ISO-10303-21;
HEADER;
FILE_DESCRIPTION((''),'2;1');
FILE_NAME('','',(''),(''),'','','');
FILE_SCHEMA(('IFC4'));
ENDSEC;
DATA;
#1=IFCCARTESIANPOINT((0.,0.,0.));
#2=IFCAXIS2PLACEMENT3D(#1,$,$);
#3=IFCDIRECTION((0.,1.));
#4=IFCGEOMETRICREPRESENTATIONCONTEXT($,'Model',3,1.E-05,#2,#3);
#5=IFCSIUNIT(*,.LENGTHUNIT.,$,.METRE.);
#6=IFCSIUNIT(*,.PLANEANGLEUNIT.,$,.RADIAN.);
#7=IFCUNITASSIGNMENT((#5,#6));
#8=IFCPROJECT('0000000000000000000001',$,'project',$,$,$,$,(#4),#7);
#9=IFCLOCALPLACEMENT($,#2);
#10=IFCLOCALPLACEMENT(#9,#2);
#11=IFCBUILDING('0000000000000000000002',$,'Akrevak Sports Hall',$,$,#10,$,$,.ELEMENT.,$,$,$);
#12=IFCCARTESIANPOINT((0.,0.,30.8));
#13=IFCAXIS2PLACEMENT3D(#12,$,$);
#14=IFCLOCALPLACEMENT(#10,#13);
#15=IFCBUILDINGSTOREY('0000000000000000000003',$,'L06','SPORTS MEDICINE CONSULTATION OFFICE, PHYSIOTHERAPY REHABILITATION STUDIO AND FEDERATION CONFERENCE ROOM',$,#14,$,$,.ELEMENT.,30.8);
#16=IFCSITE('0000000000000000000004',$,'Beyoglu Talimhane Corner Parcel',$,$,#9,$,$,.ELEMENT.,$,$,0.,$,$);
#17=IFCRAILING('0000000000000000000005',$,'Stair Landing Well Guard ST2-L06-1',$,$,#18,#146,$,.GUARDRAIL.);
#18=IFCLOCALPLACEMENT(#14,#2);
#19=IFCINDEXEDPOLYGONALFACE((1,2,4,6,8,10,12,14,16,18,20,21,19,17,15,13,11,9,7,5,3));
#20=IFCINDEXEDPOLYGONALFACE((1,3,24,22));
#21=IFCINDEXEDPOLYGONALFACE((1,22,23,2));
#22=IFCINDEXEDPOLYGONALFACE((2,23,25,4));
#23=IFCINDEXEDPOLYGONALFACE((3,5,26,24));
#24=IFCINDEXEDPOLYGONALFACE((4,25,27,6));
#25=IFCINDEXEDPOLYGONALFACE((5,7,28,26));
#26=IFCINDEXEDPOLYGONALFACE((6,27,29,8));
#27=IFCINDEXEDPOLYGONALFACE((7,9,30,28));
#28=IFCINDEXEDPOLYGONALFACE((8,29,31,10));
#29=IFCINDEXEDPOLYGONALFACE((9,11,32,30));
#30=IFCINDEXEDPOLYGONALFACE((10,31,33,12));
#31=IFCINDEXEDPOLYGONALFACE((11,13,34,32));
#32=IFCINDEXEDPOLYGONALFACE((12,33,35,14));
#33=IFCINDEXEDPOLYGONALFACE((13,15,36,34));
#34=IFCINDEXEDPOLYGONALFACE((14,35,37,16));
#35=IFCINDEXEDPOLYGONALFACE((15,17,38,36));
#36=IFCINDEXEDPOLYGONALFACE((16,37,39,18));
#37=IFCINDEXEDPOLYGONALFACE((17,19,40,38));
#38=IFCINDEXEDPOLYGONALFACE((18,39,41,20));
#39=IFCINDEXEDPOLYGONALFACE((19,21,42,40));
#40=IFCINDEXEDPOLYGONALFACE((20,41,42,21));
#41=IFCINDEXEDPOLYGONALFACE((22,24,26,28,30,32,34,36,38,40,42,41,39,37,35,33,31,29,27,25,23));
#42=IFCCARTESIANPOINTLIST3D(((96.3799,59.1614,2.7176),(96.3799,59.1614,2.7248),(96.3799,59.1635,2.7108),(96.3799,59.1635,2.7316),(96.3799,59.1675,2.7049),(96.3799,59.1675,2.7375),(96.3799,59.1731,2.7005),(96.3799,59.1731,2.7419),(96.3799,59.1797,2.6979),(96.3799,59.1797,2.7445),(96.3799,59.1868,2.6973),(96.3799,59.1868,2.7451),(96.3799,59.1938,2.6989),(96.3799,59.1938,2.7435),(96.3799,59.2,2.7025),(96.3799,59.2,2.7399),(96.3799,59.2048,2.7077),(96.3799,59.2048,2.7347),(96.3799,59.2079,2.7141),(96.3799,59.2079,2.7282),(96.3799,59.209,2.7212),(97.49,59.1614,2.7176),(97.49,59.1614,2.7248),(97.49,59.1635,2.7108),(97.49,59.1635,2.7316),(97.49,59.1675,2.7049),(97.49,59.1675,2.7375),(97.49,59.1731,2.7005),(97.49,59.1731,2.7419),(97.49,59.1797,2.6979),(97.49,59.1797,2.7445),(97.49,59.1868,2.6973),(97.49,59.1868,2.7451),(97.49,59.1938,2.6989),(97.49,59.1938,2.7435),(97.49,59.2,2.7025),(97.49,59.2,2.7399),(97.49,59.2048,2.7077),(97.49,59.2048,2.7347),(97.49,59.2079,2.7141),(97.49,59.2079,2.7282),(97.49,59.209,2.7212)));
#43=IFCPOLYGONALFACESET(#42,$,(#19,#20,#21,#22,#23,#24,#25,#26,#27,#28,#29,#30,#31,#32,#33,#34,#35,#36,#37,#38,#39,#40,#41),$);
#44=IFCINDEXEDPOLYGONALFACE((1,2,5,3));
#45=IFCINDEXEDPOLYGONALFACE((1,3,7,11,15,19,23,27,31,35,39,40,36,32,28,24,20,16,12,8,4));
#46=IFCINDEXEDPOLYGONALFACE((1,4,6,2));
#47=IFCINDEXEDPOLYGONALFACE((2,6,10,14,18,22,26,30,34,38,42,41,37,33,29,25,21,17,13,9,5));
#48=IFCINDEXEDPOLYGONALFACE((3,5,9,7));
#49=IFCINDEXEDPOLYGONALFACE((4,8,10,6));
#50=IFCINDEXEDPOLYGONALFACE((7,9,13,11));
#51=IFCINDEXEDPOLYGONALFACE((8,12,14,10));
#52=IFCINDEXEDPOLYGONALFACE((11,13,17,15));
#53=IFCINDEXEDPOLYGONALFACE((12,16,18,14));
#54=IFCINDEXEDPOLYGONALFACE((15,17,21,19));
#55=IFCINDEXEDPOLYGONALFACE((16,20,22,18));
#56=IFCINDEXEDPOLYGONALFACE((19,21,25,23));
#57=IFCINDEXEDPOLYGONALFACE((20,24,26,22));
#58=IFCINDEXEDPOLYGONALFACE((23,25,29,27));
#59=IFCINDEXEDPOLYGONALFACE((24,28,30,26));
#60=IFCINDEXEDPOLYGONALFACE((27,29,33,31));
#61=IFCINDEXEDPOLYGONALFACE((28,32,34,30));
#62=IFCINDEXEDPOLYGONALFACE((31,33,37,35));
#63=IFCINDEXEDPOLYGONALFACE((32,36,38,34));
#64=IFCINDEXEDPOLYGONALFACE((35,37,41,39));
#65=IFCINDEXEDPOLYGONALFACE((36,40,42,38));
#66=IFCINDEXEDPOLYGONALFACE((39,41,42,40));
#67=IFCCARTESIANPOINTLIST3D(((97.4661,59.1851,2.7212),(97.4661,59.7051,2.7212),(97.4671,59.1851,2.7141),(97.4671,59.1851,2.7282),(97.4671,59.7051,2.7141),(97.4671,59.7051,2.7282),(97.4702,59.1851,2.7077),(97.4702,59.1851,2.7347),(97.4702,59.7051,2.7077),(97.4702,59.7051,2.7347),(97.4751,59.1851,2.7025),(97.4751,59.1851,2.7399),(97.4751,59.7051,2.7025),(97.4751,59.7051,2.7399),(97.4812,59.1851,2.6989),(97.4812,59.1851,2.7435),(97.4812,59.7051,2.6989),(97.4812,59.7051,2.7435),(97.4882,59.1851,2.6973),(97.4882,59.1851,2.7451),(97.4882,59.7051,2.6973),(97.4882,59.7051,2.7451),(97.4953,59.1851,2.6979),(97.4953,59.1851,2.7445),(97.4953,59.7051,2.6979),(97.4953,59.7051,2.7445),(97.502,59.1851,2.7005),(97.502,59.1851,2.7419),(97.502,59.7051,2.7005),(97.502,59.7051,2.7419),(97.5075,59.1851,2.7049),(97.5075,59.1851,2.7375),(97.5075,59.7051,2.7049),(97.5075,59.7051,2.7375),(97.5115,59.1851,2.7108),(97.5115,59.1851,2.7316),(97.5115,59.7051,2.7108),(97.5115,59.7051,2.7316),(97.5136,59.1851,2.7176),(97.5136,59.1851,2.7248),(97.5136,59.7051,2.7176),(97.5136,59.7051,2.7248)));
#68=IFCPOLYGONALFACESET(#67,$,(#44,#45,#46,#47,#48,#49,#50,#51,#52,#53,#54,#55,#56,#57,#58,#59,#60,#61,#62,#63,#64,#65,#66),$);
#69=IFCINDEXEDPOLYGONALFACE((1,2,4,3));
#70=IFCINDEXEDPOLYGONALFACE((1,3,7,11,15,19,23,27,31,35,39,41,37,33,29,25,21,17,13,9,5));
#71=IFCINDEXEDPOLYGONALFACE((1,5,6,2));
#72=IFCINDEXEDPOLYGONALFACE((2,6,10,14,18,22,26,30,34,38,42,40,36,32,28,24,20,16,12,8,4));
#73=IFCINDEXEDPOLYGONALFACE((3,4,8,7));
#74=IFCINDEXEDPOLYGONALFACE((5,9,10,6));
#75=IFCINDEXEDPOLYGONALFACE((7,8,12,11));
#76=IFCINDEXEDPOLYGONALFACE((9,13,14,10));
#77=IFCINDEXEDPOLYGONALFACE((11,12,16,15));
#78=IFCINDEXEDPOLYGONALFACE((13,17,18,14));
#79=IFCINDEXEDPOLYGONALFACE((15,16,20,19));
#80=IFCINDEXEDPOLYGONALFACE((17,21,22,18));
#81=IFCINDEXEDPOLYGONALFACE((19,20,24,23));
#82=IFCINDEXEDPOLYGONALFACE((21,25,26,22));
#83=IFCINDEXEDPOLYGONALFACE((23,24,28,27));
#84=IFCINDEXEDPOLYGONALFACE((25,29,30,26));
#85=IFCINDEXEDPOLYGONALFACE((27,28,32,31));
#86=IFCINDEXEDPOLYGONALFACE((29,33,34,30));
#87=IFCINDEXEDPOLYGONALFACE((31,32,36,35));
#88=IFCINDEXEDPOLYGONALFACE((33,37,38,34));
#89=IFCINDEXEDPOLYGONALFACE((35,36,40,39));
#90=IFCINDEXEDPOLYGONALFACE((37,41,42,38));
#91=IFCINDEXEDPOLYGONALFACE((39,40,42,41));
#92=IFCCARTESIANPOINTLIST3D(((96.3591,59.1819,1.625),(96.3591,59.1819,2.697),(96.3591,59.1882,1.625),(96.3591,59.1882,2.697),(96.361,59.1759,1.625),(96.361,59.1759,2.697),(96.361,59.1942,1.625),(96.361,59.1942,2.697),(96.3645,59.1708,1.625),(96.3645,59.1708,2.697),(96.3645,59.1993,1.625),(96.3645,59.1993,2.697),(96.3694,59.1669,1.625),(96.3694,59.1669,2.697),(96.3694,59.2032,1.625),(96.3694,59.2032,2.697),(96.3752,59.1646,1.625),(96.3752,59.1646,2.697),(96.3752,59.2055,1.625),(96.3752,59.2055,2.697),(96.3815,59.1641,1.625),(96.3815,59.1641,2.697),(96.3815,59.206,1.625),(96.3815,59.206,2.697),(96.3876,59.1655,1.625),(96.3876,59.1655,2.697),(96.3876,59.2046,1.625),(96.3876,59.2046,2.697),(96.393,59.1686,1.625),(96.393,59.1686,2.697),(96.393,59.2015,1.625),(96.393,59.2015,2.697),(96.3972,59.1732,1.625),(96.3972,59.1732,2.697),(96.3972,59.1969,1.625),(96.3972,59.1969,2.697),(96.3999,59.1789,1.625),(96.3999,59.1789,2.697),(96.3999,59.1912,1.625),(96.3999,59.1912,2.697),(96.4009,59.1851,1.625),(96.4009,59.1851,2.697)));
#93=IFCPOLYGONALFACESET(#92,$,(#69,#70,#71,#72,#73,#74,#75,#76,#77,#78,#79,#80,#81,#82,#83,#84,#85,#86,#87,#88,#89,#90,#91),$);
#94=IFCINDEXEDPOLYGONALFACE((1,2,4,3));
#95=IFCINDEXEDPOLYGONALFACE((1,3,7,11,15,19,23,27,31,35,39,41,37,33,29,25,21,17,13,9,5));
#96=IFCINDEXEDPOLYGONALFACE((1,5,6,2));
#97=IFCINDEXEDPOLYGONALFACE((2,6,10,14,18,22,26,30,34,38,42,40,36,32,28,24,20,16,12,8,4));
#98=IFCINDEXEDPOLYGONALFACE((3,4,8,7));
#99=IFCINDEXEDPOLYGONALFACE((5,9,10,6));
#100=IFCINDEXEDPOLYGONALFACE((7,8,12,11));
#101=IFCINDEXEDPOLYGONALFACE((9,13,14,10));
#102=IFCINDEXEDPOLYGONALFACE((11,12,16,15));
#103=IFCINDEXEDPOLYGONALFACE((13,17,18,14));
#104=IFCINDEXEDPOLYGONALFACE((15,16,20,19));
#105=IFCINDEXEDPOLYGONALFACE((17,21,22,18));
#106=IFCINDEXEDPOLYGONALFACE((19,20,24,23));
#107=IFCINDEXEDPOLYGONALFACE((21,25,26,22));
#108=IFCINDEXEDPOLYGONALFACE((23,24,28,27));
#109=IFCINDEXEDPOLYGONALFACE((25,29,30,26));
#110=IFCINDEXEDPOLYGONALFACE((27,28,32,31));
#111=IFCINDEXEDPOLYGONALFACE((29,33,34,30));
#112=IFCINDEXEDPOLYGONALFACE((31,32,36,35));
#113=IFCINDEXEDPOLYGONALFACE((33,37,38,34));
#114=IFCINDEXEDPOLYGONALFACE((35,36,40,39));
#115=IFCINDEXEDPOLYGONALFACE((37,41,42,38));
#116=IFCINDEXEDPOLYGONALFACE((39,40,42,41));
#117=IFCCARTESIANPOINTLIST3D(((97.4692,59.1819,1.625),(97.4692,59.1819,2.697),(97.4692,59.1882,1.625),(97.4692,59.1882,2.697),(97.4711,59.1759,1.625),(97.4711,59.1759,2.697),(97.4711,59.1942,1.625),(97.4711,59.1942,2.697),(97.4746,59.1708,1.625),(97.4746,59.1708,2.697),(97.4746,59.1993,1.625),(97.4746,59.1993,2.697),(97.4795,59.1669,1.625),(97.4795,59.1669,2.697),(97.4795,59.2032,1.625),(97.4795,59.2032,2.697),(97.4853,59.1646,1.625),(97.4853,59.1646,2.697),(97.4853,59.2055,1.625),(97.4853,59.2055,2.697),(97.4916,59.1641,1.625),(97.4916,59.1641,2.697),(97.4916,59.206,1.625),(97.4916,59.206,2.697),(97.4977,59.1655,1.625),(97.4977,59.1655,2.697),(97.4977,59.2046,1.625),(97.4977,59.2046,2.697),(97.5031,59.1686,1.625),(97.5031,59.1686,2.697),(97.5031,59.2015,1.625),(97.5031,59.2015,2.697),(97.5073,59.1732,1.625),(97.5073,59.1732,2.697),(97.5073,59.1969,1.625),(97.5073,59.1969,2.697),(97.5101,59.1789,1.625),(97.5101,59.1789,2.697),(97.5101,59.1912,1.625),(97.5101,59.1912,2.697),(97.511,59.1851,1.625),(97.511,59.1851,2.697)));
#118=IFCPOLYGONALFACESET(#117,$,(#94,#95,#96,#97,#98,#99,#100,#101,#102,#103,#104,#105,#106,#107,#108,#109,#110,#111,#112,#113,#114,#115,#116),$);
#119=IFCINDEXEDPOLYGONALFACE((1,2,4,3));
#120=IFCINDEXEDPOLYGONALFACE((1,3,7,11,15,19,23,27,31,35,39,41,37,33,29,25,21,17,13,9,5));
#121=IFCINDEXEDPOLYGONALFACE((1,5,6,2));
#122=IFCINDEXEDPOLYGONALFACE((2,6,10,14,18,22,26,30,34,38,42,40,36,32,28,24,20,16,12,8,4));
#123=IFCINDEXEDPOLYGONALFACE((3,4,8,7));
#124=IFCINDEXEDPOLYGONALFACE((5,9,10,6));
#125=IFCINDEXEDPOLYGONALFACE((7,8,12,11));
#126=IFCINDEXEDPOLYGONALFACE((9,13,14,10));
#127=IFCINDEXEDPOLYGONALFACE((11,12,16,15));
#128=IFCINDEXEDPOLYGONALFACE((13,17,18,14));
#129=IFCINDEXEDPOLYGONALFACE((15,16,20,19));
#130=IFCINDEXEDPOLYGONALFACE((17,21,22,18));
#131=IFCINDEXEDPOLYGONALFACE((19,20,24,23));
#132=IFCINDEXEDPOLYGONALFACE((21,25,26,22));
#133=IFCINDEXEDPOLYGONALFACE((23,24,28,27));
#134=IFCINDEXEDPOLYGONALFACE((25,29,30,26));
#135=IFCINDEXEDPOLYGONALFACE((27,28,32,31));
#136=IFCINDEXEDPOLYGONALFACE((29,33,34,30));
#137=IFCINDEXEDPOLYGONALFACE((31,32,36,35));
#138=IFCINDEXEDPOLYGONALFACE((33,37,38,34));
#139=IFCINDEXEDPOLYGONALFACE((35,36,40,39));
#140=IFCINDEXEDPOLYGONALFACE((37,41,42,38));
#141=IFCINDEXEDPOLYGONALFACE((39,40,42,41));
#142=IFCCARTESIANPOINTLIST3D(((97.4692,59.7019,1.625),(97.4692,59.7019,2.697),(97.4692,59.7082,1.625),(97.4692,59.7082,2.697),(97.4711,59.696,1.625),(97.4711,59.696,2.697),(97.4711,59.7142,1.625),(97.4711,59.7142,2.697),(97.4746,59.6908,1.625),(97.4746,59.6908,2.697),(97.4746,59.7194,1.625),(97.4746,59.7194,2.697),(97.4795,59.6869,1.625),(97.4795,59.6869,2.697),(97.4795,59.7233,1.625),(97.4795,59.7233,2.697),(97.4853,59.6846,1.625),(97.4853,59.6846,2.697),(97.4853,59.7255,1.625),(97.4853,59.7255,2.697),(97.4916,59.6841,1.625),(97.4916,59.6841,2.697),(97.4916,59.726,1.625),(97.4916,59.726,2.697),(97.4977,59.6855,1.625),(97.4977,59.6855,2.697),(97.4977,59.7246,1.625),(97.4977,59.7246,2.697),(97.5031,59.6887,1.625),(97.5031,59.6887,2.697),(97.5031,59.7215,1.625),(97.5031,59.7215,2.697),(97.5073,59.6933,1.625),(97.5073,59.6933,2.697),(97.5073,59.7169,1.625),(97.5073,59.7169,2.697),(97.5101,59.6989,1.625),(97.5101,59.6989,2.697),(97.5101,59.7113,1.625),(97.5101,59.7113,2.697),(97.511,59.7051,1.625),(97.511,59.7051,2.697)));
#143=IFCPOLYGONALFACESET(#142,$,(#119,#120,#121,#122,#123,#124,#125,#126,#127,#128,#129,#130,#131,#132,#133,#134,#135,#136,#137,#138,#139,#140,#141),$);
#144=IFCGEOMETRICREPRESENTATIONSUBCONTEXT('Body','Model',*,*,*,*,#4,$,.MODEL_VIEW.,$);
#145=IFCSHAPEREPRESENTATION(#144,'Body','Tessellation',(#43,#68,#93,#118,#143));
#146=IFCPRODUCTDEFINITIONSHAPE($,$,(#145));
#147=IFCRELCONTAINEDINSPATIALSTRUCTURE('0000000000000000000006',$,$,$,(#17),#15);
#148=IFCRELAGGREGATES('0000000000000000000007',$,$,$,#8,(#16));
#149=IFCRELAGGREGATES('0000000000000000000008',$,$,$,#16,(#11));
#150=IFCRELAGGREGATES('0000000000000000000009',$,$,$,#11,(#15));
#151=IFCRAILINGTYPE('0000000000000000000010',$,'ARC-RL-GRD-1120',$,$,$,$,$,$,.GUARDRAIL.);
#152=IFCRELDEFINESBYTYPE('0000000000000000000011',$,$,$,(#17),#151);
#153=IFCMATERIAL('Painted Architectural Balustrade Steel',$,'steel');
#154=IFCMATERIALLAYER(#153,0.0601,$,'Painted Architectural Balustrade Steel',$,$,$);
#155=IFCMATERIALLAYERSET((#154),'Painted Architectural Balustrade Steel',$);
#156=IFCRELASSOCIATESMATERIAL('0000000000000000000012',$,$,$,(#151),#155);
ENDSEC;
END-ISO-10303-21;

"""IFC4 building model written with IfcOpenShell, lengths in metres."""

from ifc_helpers import new_model, si_unit, direction, frame, origin, origin_2d, place, context, subcontext, project, spatial, circle, extrude, material, layer, layer_set, type_object, element, save


model = new_model("IFC4")

# Units and contexts
model_context = context("Model", 3, precision=1e-05, world=origin(), true_north=direction((0.0, 1.0)))
body_context = subcontext(model_context, "Body", "Model", "MODEL_VIEW")
ifc_project = project(units=[si_unit("LENGTHUNIT", "METRE"), si_unit("PLANEANGLEUNIT", "RADIAN")], contexts=[model_context])

# Site, building, storey
site_placement = place(None, origin())
site = spatial("IfcSite", under=ifc_project, at=site_placement, Name="Beyoglu Talimhane Corner Parcel", CompositionType="ELEMENT", RefElevation=0.0)
building_placement = place(site_placement, origin())
building = spatial("IfcBuilding", under=site, at=building_placement, Name="Akrevak Sports Hall", CompositionType="ELEMENT")
storey_placement = place(building_placement, frame((0.0, 0.0, 30.8)))
storey = spatial("IfcBuildingStorey", under=building, at=storey_placement, Name="L06", Description="SPORTS MEDICINE CONSULTATION OFFICE, PHYSIOTHERAPY REHABILITATION STUDIO AND FEDERATION CONFERENCE ROOM", CompositionType="ELEMENT", Elevation=30.8)

# Railing
ifc_material_1 = material(Name="Painted Architectural Balustrade Steel", Category="steel")
ifc_layer_1 = layer(ifc_material_1, 0.0601, Name="Painted Architectural Balustrade Steel")
ifc_layer_set_1 = layer_set([ifc_layer_1], Name="Painted Architectural Balustrade Steel")
railing_type_1 = type_object("IfcRailingType", Name="ARC-RL-GRD-1120", PredefinedType="GUARDRAIL", material=ifc_layer_set_1)
railing_1_placement = place(storey_placement, frame((96.3799, 59.1851, 1.625)))
element("IfcRailing", 1, at=railing_1_placement, inside=storey, type_object=railing_type_1, Name="Stair Landing Well Guard ST2-L06-1", PredefinedType="GUARDRAIL", context=body_context, shape_type="SweptSolid", body=[
    extrude(circle(Radius=0.0239, at=origin_2d()), frame((0.0, 0.0, 1.0962), z_axis=(1.0, 0.0, 0.0), x_axis=(0.0, 1.0, 0.0)), (0.0, 0.0, 1.0), 1.1101),
    extrude(circle(Radius=0.0239, at=origin_2d()), frame((1.1101, 0.0, 1.0962), z_axis=(0.0, 1.0, 0.0), x_axis=(-1.0, 0.0, 0.0)), (0.0, 0.0, 1.0), 0.52),
    extrude(circle(Radius=0.021, at=origin_2d()), origin(), (0.0, 0.0, 1.0), 1.072),
    extrude(circle(Radius=0.021, at=origin_2d()), frame((1.1101, 0.0, 0.0)), (0.0, 0.0, 1.0), 1.072),
    extrude(circle(Radius=0.021, at=origin_2d()), frame((1.1101, 0.52, 0.0)), (0.0, 0.0, 1.0), 1.072),
])

save(model, "model.ifc")
